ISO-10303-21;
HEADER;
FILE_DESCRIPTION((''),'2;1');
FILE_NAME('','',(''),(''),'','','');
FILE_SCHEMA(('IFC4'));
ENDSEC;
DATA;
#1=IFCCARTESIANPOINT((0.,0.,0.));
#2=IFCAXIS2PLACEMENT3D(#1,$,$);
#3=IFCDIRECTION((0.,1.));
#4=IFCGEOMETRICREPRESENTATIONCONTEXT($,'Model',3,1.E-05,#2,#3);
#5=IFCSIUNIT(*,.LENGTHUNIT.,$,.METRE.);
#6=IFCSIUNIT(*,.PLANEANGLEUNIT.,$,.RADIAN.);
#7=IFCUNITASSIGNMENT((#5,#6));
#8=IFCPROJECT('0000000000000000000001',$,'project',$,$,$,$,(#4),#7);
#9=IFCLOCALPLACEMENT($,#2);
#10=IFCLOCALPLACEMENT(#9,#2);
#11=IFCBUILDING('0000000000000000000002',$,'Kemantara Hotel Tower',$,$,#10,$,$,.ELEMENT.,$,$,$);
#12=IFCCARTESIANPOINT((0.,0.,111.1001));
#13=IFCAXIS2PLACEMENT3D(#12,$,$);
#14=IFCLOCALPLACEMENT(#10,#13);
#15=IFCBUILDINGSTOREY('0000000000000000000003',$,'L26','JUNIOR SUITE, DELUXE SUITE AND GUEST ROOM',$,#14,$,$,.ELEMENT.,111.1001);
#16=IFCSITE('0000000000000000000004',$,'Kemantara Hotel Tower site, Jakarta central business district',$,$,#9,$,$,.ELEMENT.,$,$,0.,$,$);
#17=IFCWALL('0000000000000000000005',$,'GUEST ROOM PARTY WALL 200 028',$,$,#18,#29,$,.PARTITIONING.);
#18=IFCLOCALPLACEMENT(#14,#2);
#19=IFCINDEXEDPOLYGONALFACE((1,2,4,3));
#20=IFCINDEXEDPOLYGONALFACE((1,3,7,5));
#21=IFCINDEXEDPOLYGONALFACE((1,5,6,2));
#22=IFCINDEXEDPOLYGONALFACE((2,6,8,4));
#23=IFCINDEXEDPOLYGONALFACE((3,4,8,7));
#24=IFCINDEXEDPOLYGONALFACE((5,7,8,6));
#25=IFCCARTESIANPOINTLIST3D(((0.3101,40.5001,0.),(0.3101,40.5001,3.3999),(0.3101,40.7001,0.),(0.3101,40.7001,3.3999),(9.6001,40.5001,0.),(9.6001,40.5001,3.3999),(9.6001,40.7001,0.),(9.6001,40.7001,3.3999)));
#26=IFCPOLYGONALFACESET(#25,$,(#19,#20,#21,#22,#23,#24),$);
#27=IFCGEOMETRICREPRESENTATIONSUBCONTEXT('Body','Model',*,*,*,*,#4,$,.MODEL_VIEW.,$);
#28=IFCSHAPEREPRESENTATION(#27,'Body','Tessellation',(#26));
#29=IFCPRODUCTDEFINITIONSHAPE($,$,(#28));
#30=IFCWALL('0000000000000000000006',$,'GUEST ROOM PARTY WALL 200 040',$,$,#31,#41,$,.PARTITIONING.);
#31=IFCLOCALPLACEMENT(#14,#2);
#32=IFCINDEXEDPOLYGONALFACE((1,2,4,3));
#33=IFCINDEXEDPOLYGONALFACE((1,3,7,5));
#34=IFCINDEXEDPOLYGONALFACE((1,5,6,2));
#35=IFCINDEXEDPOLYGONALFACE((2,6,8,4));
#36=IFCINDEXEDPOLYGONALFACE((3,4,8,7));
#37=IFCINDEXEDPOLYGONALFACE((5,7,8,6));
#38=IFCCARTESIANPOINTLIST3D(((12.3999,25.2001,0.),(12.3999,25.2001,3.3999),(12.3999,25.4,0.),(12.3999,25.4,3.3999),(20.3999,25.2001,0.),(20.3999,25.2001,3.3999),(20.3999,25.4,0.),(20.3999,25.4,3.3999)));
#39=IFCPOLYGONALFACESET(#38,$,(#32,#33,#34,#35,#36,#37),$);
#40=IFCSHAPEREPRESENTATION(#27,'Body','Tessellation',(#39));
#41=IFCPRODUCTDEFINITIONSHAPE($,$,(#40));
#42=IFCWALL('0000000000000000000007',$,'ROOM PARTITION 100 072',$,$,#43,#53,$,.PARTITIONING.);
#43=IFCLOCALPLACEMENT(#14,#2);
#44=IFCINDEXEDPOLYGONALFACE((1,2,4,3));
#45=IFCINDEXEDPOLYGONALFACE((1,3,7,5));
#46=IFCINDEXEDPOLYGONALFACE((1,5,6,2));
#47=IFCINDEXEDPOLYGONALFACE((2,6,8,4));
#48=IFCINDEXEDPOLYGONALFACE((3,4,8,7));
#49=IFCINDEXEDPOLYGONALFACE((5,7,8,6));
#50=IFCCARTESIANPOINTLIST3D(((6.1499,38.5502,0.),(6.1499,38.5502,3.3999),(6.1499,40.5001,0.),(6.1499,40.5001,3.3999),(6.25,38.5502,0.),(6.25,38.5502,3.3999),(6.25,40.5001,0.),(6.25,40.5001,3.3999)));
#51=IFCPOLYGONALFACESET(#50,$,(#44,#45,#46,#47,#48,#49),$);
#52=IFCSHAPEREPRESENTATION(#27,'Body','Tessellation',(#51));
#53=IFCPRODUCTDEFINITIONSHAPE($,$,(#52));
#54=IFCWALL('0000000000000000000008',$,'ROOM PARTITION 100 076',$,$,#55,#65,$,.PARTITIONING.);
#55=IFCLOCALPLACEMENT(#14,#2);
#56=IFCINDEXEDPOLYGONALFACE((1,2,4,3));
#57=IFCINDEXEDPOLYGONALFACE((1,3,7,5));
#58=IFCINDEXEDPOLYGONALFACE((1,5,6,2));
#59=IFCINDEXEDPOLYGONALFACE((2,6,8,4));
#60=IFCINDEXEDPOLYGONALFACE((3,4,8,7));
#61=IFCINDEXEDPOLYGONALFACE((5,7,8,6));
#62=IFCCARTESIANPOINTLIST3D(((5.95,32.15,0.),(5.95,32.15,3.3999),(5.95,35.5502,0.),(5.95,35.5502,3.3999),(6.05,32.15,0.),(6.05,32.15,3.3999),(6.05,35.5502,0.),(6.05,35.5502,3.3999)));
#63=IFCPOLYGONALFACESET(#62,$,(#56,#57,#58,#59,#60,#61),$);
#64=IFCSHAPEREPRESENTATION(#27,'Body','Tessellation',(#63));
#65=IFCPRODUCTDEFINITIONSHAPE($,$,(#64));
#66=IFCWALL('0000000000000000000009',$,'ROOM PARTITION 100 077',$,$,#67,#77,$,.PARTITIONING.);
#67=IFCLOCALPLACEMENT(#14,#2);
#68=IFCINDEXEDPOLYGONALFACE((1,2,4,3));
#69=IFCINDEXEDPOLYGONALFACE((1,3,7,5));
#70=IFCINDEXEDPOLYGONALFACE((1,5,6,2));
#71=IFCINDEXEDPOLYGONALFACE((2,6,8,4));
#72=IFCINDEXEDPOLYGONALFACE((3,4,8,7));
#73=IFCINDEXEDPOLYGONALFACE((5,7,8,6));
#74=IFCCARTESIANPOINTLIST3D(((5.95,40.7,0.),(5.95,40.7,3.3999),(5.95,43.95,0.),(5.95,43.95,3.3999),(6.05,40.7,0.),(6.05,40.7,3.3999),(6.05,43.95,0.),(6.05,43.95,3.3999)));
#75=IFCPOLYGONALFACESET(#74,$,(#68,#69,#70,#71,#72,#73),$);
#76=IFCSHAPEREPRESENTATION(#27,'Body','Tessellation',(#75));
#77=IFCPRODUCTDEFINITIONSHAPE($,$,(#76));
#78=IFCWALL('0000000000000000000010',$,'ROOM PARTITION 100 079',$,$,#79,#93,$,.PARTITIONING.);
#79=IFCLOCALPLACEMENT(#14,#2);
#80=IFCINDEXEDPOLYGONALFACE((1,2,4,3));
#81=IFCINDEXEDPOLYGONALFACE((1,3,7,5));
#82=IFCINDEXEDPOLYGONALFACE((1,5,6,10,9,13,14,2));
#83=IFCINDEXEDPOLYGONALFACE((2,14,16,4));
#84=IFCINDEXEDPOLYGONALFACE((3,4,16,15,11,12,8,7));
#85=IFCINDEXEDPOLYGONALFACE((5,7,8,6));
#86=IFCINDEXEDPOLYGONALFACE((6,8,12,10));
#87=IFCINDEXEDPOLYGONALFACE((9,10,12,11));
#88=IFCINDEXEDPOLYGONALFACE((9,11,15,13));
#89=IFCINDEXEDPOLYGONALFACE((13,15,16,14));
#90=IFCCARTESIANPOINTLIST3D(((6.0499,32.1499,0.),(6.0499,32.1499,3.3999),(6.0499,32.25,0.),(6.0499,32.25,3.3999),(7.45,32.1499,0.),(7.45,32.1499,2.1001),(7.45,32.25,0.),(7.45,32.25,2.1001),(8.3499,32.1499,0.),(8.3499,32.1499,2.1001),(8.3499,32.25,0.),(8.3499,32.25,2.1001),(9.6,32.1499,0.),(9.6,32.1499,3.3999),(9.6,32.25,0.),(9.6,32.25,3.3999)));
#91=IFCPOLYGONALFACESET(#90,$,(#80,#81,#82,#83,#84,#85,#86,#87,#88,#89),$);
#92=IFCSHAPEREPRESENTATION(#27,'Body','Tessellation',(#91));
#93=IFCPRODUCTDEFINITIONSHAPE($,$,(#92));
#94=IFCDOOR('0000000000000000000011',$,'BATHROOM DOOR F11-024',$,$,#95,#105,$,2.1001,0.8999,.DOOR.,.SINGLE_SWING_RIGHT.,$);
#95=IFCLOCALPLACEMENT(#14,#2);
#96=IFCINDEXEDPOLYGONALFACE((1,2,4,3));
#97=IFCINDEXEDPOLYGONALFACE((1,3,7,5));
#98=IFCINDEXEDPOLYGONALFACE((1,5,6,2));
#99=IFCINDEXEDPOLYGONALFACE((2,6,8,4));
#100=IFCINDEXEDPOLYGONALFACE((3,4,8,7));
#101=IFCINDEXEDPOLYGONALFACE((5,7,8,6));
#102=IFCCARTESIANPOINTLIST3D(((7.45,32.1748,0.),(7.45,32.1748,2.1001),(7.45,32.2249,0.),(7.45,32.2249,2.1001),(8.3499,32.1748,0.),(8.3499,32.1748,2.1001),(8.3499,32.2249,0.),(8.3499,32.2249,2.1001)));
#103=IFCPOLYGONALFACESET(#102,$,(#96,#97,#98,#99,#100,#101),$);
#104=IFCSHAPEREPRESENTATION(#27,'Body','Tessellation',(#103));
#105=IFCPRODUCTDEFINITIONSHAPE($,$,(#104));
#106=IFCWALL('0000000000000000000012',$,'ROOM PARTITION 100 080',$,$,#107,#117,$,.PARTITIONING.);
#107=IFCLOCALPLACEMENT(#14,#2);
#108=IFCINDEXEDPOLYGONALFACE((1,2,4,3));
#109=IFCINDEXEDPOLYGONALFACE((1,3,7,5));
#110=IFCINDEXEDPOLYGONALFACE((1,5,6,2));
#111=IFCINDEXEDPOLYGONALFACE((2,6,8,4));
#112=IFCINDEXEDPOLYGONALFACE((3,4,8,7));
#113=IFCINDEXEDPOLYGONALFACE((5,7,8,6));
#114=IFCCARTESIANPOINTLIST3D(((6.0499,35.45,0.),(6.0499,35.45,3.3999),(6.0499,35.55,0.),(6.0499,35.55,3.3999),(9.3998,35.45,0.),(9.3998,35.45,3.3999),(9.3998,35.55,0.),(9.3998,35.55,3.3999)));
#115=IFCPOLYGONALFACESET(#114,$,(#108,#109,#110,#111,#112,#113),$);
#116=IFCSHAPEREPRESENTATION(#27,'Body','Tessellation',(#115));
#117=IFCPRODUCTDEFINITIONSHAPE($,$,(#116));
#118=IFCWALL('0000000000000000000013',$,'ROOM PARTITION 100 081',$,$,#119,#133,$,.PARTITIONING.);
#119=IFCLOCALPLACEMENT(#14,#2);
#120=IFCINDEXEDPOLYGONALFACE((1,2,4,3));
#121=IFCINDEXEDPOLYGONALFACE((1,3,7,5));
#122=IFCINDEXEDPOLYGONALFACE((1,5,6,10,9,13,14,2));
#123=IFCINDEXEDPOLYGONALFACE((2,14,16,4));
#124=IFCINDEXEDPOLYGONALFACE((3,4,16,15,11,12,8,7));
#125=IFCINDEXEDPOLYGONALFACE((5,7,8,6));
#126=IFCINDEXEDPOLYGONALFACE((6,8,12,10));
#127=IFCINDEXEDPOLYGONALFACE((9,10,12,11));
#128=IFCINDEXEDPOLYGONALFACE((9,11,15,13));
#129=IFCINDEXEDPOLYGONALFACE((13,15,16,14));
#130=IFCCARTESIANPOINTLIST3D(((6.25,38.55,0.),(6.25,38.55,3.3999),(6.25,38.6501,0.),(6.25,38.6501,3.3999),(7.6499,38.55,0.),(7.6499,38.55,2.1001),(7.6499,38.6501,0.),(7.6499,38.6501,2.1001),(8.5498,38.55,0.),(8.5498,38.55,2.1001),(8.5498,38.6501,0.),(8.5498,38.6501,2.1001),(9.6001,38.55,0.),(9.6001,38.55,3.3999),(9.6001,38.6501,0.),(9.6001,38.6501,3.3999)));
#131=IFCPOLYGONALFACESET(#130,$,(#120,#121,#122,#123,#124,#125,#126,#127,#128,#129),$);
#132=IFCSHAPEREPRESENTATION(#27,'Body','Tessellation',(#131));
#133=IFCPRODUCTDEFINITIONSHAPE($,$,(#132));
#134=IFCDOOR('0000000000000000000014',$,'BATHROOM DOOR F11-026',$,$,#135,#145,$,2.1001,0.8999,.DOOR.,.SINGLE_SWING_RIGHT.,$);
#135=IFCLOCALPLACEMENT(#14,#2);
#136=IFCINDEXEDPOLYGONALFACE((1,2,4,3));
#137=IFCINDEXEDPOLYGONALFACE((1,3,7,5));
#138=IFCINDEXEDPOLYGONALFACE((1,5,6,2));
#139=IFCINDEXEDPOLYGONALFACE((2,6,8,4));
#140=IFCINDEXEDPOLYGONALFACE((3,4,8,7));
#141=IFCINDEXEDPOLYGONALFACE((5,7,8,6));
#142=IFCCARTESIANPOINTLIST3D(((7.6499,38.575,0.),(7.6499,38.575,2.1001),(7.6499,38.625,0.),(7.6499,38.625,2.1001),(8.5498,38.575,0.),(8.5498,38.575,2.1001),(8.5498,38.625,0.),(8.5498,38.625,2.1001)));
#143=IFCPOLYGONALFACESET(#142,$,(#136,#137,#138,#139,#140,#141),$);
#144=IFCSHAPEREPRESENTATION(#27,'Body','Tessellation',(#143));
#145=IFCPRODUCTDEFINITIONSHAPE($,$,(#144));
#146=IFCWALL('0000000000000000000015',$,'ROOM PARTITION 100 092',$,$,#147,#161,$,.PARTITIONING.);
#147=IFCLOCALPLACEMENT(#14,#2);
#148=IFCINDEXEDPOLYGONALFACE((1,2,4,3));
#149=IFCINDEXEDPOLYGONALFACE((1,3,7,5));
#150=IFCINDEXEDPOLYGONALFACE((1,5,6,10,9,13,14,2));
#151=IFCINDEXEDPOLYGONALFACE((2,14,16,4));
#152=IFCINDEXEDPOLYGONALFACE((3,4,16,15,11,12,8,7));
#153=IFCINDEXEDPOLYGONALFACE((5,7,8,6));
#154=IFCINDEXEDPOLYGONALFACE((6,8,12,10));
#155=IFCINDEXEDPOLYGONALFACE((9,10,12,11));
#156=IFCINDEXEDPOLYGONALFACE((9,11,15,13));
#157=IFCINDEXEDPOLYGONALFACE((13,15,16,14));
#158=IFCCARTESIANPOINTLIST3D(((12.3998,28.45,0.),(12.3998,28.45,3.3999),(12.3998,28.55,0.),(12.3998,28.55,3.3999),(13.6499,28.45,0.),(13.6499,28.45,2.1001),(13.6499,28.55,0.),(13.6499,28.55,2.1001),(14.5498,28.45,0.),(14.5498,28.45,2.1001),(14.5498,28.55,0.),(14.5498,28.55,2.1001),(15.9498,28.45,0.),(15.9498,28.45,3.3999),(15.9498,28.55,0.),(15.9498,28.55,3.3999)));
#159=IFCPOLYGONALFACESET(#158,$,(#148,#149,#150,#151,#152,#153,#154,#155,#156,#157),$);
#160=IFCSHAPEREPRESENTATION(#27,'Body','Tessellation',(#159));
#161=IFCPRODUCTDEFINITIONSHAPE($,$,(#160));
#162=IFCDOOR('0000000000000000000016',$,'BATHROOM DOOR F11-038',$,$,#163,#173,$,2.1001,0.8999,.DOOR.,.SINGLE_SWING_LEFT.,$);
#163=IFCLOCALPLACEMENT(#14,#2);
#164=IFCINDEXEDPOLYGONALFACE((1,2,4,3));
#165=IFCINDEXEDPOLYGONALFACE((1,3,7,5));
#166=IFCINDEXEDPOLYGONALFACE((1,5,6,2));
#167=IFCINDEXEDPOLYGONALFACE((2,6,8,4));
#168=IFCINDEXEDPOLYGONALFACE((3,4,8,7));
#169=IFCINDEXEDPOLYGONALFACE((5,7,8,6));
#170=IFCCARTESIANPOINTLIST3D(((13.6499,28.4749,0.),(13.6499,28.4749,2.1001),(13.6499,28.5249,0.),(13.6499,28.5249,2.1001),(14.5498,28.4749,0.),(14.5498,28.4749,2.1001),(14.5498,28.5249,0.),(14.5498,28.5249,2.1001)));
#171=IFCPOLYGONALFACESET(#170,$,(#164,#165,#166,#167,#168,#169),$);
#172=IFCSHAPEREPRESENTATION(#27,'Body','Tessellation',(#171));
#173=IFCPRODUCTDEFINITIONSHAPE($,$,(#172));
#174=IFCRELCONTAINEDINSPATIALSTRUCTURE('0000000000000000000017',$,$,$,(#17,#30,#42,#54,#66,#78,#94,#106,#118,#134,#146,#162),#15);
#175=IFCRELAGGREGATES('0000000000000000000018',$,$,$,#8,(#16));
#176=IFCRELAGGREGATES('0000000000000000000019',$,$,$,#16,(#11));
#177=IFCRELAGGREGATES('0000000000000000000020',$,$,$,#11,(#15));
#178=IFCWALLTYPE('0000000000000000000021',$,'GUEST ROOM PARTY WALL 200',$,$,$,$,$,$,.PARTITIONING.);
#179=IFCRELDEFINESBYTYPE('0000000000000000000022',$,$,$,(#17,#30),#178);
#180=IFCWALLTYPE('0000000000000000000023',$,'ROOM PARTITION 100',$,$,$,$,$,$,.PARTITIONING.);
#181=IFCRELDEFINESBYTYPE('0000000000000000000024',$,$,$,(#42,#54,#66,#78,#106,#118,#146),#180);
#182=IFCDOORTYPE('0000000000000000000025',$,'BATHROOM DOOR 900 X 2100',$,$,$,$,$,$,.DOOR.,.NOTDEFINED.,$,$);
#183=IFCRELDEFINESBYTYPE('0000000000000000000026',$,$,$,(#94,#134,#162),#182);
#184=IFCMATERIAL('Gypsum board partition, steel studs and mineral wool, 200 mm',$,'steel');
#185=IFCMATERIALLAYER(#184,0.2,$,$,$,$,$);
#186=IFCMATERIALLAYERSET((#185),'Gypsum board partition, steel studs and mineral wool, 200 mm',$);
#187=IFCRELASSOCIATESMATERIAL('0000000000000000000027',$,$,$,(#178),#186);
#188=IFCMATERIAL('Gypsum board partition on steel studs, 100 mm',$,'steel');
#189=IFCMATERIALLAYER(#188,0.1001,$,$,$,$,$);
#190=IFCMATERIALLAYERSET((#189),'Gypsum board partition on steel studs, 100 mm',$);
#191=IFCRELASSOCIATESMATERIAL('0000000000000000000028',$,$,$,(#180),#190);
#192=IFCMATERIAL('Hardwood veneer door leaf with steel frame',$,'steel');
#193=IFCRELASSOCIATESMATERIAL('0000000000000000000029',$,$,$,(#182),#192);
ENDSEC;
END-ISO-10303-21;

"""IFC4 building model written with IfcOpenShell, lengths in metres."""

from ifc_helpers import new_model, si_unit, direction, frame, frame_2d, origin, place, context, subcontext, project, spatial, rectangle, extrude, material, layer, layer_set, type_object, element, fill, save


model = new_model("IFC4")

# Units and contexts
model_context = context("Model", 3, precision=1e-05, world=origin(), true_north=direction((0.0, 1.0)))
body_context = subcontext(model_context, "Body", "Model", "MODEL_VIEW")
ifc_project = project(units=[si_unit("LENGTHUNIT", "METRE"), si_unit("PLANEANGLEUNIT", "RADIAN")], contexts=[model_context])

# Site, building, storey
site_placement = place(None, origin())
site = spatial("IfcSite", under=ifc_project, at=site_placement, Name="Kemantara Hotel Tower site, Jakarta central business district", CompositionType="ELEMENT", RefElevation=0.0)
building_placement = place(site_placement, origin())
building = spatial("IfcBuilding", under=site, at=building_placement, Name="Kemantara Hotel Tower", CompositionType="ELEMENT")
storey_placement = place(building_placement, frame((0.0, 0.0, 111.1001)))
storey = spatial("IfcBuildingStorey", under=building, at=storey_placement, Name="L26", Description="JUNIOR SUITE, DELUXE SUITE AND GUEST ROOM", CompositionType="ELEMENT", Elevation=111.1001)

# Shared definitions
ifc_material_1 = material(Name="Gypsum board partition, steel studs and mineral wool, 200 mm", Category="steel")

# Shared definitions
ifc_material_2 = material(Name="Hardwood veneer door leaf with steel frame", Category="steel")

# Walls
ifc_layer_1 = layer(ifc_material_1, 0.2)
ifc_layer_set_1 = layer_set([ifc_layer_1], Name="Gypsum board partition, steel studs and mineral wool, 200 mm")
wall_type_1 = type_object("IfcWallType", Name="GUEST ROOM PARTY WALL 200", PredefinedType="PARTITIONING", material=ifc_layer_set_1)
wall_1_placement = place(storey_placement, frame((0.3101, 40.6001, 0.0), z_axis=(0.0, 0.0, 1.0), x_axis=(1.0, 0.0, 0.0)))
element("IfcWall", 1, at=wall_1_placement, inside=storey, type_object=wall_type_1, Name="GUEST ROOM PARTY WALL 200 028", PredefinedType="PARTITIONING", context=body_context, shape_type="SweptSolid", body=[
    extrude(rectangle(XDim=9.29, YDim=0.2, at=frame_2d((4.645, 0.0))), origin(), (0.0, 0.0, 1.0), 3.3999),
])
wall_2_placement = place(storey_placement, frame((12.3999, 25.3, 0.0), z_axis=(0.0, 0.0, 1.0), x_axis=(1.0, 0.0, 0.0)))
element("IfcWall", 2, at=wall_2_placement, inside=storey, type_object=wall_type_1, Name="GUEST ROOM PARTY WALL 200 040", PredefinedType="PARTITIONING", context=body_context, shape_type="SweptSolid", body=[
    extrude(rectangle(XDim=8.0, YDim=0.2, at=frame_2d((4.0, 0.0))), origin(), (0.0, 0.0, 1.0), 3.3999),
])
ifc_material_3 = material(Name="Gypsum board partition on steel studs, 100 mm", Category="steel")
ifc_layer_2 = layer(ifc_material_3, 0.1001)
ifc_layer_set_2 = layer_set([ifc_layer_2], Name="Gypsum board partition on steel studs, 100 mm")
wall_type_2 = type_object("IfcWallType", Name="ROOM PARTITION 100", PredefinedType="PARTITIONING", material=ifc_layer_set_2)
wall_3_placement = place(storey_placement, frame((6.2, 38.55, 0.0), z_axis=(0.0, 0.0, 1.0), x_axis=(0.0, 1.0, 0.0)))
element("IfcWall", 3, at=wall_3_placement, inside=storey, type_object=wall_type_2, Name="ROOM PARTITION 100 072", PredefinedType="PARTITIONING", context=body_context, shape_type="SweptSolid", body=[
    extrude(rectangle(XDim=1.95, YDim=0.1001, at=frame_2d((0.9751, 0.0))), origin(), (0.0, 0.0, 1.0), 3.3999),
])
wall_4_placement = place(storey_placement, frame((6.0, 32.1499, 0.0), z_axis=(0.0, 0.0, 1.0), x_axis=(0.0, 1.0, 0.0)))
element("IfcWall", 4, at=wall_4_placement, inside=storey, type_object=wall_type_2, Name="ROOM PARTITION 100 076", PredefinedType="PARTITIONING", context=body_context, shape_type="SweptSolid", body=[
    extrude(rectangle(XDim=3.4001, YDim=0.1001, at=frame_2d((1.7002, 0.0))), origin(), (0.0, 0.0, 1.0), 3.3999),
])
wall_5_placement = place(storey_placement, frame((6.0, 40.7, 0.0), z_axis=(0.0, 0.0, 1.0), x_axis=(0.0, 1.0, 0.0)))
element("IfcWall", 5, at=wall_5_placement, inside=storey, type_object=wall_type_2, Name="ROOM PARTITION 100 077", PredefinedType="PARTITIONING", context=body_context, shape_type="SweptSolid", body=[
    extrude(rectangle(XDim=3.25, YDim=0.1001, at=frame_2d((1.625, 0.0))), origin(), (0.0, 0.0, 1.0), 3.3999),
])

# Wall, opening, door
wall_6_placement = place(storey_placement, frame((6.05, 32.2, 0.0), z_axis=(0.0, 0.0, 1.0), x_axis=(1.0, 0.0, 0.0)))
wall_6 = element("IfcWall", 6, at=wall_6_placement, inside=storey, type_object=wall_type_2, Name="ROOM PARTITION 100 079", PredefinedType="PARTITIONING", context=body_context, shape_type="SweptSolid", body=[
    extrude(rectangle(XDim=3.55, YDim=0.1001, at=frame_2d((1.7749, 0.0))), origin(), (0.0, 0.0, 1.0), 3.3999),
])
opening_1_placement = place(wall_6_placement, frame((1.3999, 0.0, 0.0)))
opening_1 = element("IfcOpeningElement", 7, at=opening_1_placement, cuts=wall_6, PredefinedType="OPENING", context=body_context, shape_type="SweptSolid", body=[
    extrude(rectangle(XDim=0.8999, YDim=2.1001, at=frame_2d((0.45, 1.05))), frame((0.0, 0.0601, 0.0), z_axis=(0.0, -1.0, 0.0), x_axis=(1.0, 0.0, 0.0)), (0.0, 0.0, 1.0), 0.1201),
])
door_type_1 = type_object("IfcDoorType", Name="BATHROOM DOOR 900 X 2100", OperationType="NOTDEFINED", PredefinedType="DOOR", material=ifc_material_2)
door_1_placement = place(opening_1_placement, origin())
door_1 = element("IfcDoor", 8, at=door_1_placement, inside=storey, type_object=door_type_1, Name="BATHROOM DOOR F11-024", OperationType="SINGLE_SWING_RIGHT", OverallHeight=2.1001, OverallWidth=0.8999, PredefinedType="DOOR", context=body_context, shape_type="SweptSolid", body=[
    extrude(rectangle(XDim=0.8999, YDim=2.1001, at=frame_2d((0.45, 1.05))), frame((0.0, 0.0249, 0.0), z_axis=(0.0, -1.0, 0.0), x_axis=(1.0, 0.0, 0.0)), (0.0, 0.0, 1.0), 0.05),
])
fill(opening_1, door_1)

# Wall
wall_7_placement = place(storey_placement, frame((6.05, 35.5, 0.0), z_axis=(0.0, 0.0, 1.0), x_axis=(1.0, 0.0, 0.0)))
element("IfcWall", 9, at=wall_7_placement, inside=storey, type_object=wall_type_2, Name="ROOM PARTITION 100 080", PredefinedType="PARTITIONING", context=body_context, shape_type="SweptSolid", body=[
    extrude(rectangle(XDim=3.3499, YDim=0.1001, at=frame_2d((1.6748, 0.0))), origin(), (0.0, 0.0, 1.0), 3.3999),
])

# Walls, openings, doors
wall_8_placement = place(storey_placement, frame((6.25, 38.6001, 0.0), z_axis=(0.0, 0.0, 1.0), x_axis=(1.0, 0.0, 0.0)))
wall_8 = element("IfcWall", 10, at=wall_8_placement, inside=storey, type_object=wall_type_2, Name="ROOM PARTITION 100 081", PredefinedType="PARTITIONING", context=body_context, shape_type="SweptSolid", body=[
    extrude(rectangle(XDim=3.3501, YDim=0.1001, at=frame_2d((1.675, 0.0))), origin(), (0.0, 0.0, 1.0), 3.3999),
])
opening_2_placement = place(wall_8_placement, frame((1.3999, 0.0, 0.0)))
opening_2 = element("IfcOpeningElement", 11, at=opening_2_placement, cuts=wall_8, PredefinedType="OPENING", context=body_context, shape_type="SweptSolid", body=[
    extrude(rectangle(XDim=0.8999, YDim=2.1001, at=frame_2d((0.45, 1.05))), frame((0.0, 0.0601, 0.0), z_axis=(0.0, -1.0, 0.0), x_axis=(1.0, 0.0, 0.0)), (0.0, 0.0, 1.0), 0.1201),
])
door_2_placement = place(opening_2_placement, origin())
door_2 = element("IfcDoor", 12, at=door_2_placement, inside=storey, type_object=door_type_1, Name="BATHROOM DOOR F11-026", OperationType="SINGLE_SWING_RIGHT", OverallHeight=2.1001, OverallWidth=0.8999, PredefinedType="DOOR", context=body_context, shape_type="SweptSolid", body=[
    extrude(rectangle(XDim=0.8999, YDim=2.1001, at=frame_2d((0.45, 1.05))), frame((0.0, 0.0249, 0.0), z_axis=(0.0, -1.0, 0.0), x_axis=(1.0, 0.0, 0.0)), (0.0, 0.0, 1.0), 0.05),
])
fill(opening_2, door_2)
wall_9_placement = place(storey_placement, frame((12.3999, 28.5, 0.0), z_axis=(0.0, 0.0, 1.0), x_axis=(1.0, 0.0, 0.0)))
wall_9 = element("IfcWall", 13, at=wall_9_placement, inside=storey, type_object=wall_type_2, Name="ROOM PARTITION 100 092", PredefinedType="PARTITIONING", context=body_context, shape_type="SweptSolid", body=[
    extrude(rectangle(XDim=3.55, YDim=0.1001, at=frame_2d((1.7749, 0.0))), origin(), (0.0, 0.0, 1.0), 3.3999),
])
opening_3_placement = place(wall_9_placement, frame((1.25, 0.0, 0.0)))
opening_3 = element("IfcOpeningElement", 14, at=opening_3_placement, cuts=wall_9, PredefinedType="OPENING", context=body_context, shape_type="SweptSolid", body=[
    extrude(rectangle(XDim=0.8999, YDim=2.1001, at=frame_2d((0.45, 1.05))), frame((0.0, 0.0601, 0.0), z_axis=(0.0, -1.0, 0.0), x_axis=(1.0, 0.0, 0.0)), (0.0, 0.0, 1.0), 0.1201),
])
door_3_placement = place(opening_3_placement, origin())
door_3 = element("IfcDoor", 15, at=door_3_placement, inside=storey, type_object=door_type_1, Name="BATHROOM DOOR F11-038", OperationType="SINGLE_SWING_LEFT", OverallHeight=2.1001, OverallWidth=0.8999, PredefinedType="DOOR", context=body_context, shape_type="SweptSolid", body=[
    extrude(rectangle(XDim=0.8999, YDim=2.1001, at=frame_2d((0.45, 1.05))), frame((0.0, 0.0249, 0.0), z_axis=(0.0, -1.0, 0.0), x_axis=(1.0, 0.0, 0.0)), (0.0, 0.0, 1.0), 0.05),
])
fill(opening_3, door_3)

save(model, "model.ifc")
